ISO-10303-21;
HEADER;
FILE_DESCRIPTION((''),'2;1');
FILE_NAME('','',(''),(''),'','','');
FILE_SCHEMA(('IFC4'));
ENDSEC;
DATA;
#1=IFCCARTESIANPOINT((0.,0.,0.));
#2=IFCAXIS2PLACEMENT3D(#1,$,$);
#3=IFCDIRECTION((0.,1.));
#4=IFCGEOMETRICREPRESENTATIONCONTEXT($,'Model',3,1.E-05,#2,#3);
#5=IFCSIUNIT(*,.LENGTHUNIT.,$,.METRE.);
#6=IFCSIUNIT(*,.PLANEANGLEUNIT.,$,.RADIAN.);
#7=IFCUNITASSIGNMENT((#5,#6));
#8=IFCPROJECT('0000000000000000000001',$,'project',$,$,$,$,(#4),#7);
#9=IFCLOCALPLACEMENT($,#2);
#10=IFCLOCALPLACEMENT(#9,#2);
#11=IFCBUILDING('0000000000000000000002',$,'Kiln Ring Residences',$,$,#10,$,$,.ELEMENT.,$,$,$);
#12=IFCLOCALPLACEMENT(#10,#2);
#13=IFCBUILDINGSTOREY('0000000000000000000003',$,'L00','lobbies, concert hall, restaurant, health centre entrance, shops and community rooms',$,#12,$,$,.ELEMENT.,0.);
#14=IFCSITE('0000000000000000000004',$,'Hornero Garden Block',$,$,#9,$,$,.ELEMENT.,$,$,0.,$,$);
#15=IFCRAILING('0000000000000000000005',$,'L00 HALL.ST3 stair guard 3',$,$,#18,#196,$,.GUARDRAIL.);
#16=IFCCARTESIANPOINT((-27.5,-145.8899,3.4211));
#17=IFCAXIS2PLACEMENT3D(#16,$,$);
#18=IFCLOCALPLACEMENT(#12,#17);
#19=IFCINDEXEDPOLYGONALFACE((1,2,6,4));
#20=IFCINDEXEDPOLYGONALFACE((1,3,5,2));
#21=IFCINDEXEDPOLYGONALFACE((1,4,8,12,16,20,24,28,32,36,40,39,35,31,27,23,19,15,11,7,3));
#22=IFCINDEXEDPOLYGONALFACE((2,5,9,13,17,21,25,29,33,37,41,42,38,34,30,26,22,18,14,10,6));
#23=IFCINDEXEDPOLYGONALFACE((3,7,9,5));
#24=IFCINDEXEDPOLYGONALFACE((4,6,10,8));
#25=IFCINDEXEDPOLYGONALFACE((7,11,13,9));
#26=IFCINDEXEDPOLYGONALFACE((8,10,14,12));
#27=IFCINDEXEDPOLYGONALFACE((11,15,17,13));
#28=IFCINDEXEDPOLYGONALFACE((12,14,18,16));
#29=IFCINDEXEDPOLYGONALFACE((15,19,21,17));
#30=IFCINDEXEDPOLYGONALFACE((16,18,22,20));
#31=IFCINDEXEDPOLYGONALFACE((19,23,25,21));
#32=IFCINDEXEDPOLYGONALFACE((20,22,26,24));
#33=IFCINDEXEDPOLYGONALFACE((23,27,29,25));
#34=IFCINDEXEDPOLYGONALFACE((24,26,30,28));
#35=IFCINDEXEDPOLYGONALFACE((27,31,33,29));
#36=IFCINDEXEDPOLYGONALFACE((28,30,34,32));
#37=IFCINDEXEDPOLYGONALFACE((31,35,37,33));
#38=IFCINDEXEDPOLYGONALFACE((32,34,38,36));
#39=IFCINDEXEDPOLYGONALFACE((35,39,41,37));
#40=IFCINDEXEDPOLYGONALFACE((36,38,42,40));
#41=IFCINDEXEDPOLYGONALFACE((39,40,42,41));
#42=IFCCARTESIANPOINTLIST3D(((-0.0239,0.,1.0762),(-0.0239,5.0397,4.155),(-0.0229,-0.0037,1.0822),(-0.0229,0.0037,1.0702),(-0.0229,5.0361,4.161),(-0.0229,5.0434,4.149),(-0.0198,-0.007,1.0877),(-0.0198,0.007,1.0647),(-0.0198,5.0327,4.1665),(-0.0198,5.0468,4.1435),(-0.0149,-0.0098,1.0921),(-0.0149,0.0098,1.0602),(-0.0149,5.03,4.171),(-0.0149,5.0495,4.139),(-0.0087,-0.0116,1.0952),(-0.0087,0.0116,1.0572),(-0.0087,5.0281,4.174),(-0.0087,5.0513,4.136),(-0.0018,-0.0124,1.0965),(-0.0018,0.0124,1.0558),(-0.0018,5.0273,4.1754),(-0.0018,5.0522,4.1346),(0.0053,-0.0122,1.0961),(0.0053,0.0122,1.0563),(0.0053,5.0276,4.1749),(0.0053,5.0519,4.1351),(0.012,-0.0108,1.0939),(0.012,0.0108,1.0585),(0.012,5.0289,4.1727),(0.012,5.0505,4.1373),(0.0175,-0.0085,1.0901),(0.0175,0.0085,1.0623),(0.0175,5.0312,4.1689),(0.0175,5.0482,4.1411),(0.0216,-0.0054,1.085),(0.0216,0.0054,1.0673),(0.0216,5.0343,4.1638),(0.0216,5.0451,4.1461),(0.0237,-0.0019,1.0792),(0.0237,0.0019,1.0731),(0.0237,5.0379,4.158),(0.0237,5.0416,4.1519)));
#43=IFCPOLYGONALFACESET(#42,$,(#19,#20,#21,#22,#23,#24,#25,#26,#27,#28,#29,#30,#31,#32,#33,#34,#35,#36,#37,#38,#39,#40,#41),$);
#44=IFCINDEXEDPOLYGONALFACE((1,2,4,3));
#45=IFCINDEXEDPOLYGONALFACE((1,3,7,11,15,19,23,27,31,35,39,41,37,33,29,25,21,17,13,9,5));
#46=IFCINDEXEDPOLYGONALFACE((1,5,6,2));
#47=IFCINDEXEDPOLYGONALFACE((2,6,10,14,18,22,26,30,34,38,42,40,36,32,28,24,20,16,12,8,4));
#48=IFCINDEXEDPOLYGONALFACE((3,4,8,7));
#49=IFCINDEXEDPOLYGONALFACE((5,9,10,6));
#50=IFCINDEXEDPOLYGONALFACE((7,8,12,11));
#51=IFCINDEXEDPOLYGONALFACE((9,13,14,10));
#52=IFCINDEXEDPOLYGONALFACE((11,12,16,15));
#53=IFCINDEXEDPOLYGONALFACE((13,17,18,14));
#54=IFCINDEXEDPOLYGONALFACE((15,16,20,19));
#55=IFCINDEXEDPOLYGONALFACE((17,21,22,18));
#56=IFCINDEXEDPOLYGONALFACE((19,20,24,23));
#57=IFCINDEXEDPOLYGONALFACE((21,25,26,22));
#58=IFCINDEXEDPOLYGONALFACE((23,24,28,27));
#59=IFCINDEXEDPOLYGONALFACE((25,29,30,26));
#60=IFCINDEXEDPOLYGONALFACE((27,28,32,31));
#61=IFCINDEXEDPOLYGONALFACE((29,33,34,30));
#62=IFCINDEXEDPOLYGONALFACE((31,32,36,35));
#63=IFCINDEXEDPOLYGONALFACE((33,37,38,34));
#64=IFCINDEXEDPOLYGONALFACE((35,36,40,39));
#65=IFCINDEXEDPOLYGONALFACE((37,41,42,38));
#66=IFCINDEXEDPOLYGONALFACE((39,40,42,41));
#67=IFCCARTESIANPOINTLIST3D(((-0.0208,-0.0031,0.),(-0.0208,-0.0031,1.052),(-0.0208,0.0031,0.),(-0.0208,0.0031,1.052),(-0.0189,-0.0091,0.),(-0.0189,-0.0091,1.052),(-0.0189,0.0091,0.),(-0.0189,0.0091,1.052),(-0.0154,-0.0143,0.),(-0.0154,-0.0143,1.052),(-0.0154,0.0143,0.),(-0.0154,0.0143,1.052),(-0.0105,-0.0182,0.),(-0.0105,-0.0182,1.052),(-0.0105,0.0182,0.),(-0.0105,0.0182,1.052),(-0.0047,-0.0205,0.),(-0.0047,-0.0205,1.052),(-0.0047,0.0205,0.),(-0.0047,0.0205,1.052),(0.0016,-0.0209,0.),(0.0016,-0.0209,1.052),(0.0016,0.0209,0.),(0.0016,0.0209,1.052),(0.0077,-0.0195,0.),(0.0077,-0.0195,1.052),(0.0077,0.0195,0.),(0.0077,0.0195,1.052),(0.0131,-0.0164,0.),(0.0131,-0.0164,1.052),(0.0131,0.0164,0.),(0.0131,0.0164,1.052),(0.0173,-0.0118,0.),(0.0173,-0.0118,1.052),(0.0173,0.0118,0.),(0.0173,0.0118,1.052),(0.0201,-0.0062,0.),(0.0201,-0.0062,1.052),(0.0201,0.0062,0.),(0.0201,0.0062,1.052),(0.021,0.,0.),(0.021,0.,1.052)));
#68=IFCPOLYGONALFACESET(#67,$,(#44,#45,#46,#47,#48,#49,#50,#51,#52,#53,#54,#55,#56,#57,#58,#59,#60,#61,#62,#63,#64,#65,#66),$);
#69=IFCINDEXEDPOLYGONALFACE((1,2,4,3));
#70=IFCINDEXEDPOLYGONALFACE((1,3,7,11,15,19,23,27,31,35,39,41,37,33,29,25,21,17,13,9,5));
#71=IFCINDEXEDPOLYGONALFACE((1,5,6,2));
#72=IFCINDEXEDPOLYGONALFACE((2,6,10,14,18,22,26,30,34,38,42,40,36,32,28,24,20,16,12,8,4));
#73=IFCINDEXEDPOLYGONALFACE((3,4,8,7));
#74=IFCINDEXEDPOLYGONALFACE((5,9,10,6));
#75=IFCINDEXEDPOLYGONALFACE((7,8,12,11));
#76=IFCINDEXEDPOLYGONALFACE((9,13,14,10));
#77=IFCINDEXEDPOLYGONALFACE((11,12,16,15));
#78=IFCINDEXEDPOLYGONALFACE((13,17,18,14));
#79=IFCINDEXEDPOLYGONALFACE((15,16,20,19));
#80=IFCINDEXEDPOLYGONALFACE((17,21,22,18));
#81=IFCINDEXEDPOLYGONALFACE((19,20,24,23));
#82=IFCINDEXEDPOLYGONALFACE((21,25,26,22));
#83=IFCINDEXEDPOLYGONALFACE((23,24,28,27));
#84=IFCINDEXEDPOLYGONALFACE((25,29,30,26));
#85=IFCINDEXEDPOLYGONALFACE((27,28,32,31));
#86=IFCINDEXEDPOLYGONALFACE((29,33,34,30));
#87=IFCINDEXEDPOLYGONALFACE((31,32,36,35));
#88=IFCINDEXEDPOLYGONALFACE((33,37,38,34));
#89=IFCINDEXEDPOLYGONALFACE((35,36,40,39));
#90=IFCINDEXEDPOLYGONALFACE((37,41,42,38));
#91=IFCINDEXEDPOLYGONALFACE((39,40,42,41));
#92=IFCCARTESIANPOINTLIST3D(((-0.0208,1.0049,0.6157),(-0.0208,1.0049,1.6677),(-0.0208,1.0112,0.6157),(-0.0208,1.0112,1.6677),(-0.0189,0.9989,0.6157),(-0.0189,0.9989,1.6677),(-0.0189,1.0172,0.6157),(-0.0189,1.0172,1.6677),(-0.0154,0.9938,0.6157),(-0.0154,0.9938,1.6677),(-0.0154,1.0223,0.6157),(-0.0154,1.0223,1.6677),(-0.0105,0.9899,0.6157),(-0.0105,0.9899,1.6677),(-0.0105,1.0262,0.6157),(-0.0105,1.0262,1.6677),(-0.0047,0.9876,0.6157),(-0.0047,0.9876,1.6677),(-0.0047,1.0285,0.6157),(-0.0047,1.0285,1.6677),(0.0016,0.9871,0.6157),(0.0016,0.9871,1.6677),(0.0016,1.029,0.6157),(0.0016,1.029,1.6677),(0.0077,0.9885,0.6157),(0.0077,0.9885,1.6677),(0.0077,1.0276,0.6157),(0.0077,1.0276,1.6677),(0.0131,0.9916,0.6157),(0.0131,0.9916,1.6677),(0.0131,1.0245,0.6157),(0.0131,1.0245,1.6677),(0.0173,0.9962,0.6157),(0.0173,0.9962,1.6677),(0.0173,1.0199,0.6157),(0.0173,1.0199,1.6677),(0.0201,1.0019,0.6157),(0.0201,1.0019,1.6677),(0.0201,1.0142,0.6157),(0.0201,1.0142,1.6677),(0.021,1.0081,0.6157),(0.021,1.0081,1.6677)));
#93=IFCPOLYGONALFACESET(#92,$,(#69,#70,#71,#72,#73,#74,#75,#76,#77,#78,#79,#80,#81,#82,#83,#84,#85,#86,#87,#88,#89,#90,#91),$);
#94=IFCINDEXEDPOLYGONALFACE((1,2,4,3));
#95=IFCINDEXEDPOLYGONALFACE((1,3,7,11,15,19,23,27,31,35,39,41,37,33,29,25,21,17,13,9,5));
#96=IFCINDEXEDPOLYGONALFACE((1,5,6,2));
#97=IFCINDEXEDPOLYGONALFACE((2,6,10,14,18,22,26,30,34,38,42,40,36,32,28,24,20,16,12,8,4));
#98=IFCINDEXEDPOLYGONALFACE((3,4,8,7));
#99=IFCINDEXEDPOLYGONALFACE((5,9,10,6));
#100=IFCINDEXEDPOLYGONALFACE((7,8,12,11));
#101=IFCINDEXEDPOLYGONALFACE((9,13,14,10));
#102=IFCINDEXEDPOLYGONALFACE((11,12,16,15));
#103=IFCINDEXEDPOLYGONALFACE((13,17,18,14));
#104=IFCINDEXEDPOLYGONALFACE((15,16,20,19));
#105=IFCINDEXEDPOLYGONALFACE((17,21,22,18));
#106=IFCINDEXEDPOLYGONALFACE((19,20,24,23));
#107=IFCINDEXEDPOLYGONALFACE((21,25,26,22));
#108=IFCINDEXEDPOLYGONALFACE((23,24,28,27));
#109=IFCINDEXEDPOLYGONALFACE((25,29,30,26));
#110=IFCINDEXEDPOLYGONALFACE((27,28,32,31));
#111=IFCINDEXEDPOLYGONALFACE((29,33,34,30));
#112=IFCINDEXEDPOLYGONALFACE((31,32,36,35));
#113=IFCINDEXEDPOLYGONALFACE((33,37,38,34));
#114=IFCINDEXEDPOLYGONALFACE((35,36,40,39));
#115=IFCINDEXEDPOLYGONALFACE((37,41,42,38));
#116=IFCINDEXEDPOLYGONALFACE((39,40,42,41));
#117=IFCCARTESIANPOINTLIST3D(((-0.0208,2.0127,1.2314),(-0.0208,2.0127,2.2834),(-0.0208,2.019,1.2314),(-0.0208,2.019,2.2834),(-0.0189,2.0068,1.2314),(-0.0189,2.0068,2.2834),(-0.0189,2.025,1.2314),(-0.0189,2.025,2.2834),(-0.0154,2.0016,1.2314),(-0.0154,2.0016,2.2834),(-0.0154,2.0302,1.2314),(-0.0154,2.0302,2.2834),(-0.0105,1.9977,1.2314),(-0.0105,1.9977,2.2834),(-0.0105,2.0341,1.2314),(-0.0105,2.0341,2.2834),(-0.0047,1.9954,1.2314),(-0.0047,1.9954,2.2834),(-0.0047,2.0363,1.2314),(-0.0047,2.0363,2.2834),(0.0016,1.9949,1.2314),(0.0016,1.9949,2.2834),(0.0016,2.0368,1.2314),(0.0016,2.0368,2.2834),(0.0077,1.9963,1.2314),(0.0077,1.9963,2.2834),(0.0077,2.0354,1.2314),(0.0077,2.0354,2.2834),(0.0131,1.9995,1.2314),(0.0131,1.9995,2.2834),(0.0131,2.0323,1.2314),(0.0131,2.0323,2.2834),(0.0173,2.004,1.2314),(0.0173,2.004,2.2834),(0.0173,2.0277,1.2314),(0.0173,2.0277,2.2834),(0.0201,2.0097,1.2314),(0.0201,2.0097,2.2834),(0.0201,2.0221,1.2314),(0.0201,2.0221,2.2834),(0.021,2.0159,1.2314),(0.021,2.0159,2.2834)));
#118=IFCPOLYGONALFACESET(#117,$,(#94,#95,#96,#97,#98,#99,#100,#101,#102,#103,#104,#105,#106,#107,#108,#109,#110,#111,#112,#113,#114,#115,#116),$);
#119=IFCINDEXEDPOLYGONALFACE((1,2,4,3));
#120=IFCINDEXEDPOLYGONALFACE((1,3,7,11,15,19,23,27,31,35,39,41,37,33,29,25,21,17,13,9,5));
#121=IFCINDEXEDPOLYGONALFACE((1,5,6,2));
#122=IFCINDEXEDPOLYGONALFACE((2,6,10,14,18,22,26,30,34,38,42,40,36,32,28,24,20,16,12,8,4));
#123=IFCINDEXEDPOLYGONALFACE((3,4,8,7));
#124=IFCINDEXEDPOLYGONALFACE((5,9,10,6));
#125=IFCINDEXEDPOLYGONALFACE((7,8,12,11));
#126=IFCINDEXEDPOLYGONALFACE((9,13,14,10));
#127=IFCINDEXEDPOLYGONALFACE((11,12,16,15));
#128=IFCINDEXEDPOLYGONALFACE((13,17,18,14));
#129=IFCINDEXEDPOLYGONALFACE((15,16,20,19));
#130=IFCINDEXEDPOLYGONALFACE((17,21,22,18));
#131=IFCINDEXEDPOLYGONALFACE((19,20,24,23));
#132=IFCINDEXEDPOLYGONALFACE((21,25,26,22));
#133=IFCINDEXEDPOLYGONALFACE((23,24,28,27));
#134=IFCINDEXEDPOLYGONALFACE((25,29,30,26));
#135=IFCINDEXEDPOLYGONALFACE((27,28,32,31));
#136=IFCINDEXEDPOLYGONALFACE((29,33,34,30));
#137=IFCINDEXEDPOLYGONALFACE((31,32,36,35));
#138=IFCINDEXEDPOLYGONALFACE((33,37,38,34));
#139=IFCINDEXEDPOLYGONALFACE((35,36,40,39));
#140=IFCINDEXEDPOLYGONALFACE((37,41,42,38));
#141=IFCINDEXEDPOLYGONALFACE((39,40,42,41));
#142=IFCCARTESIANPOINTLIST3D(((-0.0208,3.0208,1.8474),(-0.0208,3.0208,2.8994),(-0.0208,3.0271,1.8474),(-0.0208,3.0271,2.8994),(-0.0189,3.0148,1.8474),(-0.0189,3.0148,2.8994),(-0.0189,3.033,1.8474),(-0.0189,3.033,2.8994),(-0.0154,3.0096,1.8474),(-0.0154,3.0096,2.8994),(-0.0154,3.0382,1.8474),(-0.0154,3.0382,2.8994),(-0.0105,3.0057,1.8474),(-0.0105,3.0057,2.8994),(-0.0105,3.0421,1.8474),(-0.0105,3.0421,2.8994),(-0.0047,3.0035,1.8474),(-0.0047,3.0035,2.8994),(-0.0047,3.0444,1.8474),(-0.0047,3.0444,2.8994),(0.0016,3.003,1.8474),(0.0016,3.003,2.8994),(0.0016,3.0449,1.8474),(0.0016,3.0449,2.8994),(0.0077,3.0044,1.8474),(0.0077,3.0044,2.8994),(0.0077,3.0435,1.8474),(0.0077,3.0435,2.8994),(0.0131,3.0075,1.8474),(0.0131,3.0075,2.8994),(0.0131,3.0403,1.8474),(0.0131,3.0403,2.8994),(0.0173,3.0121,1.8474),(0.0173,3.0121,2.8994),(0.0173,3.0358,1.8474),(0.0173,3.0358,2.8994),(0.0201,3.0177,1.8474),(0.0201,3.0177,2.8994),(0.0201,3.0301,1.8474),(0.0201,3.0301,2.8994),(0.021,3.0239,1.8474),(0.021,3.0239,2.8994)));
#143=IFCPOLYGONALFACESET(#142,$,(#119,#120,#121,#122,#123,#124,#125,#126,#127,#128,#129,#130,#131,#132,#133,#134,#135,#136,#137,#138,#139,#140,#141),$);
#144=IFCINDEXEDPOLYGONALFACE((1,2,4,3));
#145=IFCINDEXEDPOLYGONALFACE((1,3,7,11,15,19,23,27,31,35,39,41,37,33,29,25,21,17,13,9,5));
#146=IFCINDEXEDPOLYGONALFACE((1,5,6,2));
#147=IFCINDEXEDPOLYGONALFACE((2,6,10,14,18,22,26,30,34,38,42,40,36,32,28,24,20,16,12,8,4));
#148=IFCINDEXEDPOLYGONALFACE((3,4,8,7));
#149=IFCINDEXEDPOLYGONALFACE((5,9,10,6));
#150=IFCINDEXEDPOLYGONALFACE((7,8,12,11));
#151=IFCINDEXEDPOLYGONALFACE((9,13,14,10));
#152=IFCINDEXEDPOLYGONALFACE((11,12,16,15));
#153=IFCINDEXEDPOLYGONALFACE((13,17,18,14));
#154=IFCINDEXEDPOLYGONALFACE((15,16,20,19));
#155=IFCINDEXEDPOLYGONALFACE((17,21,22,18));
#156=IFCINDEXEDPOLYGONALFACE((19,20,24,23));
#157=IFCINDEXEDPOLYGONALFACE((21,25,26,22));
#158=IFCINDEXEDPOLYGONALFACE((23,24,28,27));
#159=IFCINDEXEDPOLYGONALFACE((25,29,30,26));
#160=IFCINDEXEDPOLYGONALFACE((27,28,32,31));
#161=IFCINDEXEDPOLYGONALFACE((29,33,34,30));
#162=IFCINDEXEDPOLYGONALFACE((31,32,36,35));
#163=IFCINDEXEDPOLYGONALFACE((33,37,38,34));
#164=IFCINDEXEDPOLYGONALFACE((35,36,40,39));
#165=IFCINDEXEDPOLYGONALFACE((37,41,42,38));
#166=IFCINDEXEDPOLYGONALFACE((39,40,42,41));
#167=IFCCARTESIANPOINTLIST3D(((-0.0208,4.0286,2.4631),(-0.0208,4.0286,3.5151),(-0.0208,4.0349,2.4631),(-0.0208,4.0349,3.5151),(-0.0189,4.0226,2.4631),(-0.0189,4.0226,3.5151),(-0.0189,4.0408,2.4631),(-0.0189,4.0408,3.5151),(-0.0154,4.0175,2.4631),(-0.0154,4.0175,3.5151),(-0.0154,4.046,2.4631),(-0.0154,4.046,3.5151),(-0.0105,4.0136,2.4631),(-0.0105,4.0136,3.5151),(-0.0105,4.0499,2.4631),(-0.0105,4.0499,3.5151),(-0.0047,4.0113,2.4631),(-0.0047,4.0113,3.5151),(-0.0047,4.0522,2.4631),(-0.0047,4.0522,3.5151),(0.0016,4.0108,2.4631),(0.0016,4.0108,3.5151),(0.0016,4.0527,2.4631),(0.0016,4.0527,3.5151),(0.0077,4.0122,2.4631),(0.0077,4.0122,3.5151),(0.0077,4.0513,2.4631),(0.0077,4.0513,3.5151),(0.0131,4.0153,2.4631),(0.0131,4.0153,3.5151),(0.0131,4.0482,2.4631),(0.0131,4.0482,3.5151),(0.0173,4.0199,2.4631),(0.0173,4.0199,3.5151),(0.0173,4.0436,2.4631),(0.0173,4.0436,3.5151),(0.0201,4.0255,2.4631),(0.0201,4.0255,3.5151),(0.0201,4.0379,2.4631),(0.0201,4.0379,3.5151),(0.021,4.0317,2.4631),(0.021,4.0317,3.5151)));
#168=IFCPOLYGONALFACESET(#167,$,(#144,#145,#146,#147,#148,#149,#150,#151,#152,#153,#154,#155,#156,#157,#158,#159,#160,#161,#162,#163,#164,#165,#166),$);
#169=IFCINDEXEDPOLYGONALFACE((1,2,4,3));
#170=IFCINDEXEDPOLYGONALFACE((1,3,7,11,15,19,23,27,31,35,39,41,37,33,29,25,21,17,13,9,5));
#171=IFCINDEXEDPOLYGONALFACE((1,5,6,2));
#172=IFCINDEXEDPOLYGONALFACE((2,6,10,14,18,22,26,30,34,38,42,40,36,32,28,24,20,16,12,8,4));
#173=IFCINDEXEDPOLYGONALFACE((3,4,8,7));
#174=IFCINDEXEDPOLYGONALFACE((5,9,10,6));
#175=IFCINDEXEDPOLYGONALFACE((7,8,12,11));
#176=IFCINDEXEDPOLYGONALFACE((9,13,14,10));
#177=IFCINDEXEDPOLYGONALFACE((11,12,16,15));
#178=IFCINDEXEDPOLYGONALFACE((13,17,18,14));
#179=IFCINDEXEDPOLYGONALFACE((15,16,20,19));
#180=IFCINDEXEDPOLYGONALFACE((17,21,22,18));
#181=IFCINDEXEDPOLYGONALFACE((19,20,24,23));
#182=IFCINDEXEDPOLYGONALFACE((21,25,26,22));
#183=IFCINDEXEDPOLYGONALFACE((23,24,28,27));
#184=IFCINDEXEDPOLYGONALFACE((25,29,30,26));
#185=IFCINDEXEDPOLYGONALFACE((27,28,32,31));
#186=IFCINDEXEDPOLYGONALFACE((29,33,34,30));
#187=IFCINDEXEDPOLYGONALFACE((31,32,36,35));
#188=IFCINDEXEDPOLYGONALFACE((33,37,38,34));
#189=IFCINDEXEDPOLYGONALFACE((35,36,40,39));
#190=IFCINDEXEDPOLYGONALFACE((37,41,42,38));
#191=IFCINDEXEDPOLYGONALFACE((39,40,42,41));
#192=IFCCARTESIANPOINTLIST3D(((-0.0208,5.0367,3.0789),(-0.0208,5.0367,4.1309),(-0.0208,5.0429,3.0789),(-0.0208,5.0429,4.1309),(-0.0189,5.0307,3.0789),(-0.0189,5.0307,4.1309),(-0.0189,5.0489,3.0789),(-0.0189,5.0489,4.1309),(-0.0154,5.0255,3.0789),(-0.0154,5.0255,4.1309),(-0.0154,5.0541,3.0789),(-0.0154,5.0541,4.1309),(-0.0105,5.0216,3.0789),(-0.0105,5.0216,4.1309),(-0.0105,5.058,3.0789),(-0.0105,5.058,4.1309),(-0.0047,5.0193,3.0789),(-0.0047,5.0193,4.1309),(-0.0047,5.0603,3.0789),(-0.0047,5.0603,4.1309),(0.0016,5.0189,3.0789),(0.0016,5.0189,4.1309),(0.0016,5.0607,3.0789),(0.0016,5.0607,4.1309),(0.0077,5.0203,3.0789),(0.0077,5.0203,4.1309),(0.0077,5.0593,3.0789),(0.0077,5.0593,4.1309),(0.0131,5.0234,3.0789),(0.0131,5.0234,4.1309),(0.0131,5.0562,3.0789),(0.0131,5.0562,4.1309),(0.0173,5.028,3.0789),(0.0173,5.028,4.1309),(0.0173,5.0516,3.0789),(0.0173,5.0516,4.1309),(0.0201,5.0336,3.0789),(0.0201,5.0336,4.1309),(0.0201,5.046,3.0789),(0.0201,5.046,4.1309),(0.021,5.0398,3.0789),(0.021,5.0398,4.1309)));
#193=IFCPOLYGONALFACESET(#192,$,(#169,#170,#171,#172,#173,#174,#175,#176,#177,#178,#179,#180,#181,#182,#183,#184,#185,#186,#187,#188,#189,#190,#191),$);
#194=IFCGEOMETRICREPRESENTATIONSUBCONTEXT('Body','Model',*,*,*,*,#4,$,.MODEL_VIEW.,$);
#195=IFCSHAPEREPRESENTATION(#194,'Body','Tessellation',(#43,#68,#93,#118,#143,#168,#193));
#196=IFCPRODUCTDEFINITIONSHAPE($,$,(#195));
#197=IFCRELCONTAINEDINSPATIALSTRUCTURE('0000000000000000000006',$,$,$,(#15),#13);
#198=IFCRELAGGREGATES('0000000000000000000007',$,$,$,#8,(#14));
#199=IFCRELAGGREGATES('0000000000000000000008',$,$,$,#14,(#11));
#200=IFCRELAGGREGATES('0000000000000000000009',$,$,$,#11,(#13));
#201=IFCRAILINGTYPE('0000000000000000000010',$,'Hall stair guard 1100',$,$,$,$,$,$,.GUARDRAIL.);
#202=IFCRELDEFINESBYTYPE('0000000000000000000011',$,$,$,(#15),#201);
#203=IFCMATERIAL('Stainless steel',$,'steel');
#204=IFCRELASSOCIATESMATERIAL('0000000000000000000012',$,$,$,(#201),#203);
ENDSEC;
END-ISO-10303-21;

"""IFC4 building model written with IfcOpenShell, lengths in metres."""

from ifc_helpers import new_model, si_unit, direction, frame, origin, origin_2d, place, context, subcontext, project, spatial, circle, extrude, material, type_object, element, save


model = new_model("IFC4")

# Units and contexts
model_context = context("Model", 3, precision=1e-05, world=origin(), true_north=direction((0.0, 1.0)))
body_context = subcontext(model_context, "Body", "Model", "MODEL_VIEW")
ifc_project = project(units=[si_unit("LENGTHUNIT", "METRE"), si_unit("PLANEANGLEUNIT", "RADIAN")], contexts=[model_context])

# Site, building, storey
site_placement = place(None, origin())
site = spatial("IfcSite", under=ifc_project, at=site_placement, Name="Hornero Garden Block", CompositionType="ELEMENT", RefElevation=0.0)
building_placement = place(site_placement, origin())
building = spatial("IfcBuilding", under=site, at=building_placement, Name="Kiln Ring Residences", CompositionType="ELEMENT")
storey_placement = place(building_placement, origin())
storey = spatial("IfcBuildingStorey", under=building, at=storey_placement, Name="L00", Description="lobbies, concert hall, restaurant, health centre entrance, shops and community rooms", CompositionType="ELEMENT", Elevation=0.0)

# Railing
ifc_material_1 = material(Name="Stainless steel", Category="steel")
railing_type_1 = type_object("IfcRailingType", Name="Hall stair guard 1100", PredefinedType="GUARDRAIL", material=ifc_material_1)
railing_1_placement = place(storey_placement, frame((-27.5, -145.8899, 3.4211)))
element("IfcRailing", 1, at=railing_1_placement, inside=storey, type_object=railing_type_1, Name="L00 HALL.ST3 stair guard 3", PredefinedType="GUARDRAIL", context=body_context, shape_type="SweptSolid", body=[
    extrude(circle(Radius=0.0239, at=origin_2d()), frame((0.0, 0.0, 1.0762), z_axis=(0.0, 0.853358, 0.521325), x_axis=(-1.0, 0.0, 0.0)), (0.0, 0.0, 1.0), 5.9058),
    extrude(circle(Radius=0.021, at=origin_2d()), origin(), (0.0, 0.0, 1.0), 1.052),
    extrude(circle(Radius=0.021, at=origin_2d()), frame((0.0, 1.0081, 0.6157)), (0.0, 0.0, 1.0), 1.052),
    extrude(circle(Radius=0.021, at=origin_2d()), frame((0.0, 2.0159, 1.2314)), (0.0, 0.0, 1.0), 1.052),
    extrude(circle(Radius=0.021, at=origin_2d()), frame((0.0, 3.0239, 1.8474)), (0.0, 0.0, 1.0), 1.052),
    extrude(circle(Radius=0.021, at=origin_2d()), frame((0.0, 4.0317, 2.4631)), (0.0, 0.0, 1.0), 1.052),
    extrude(circle(Radius=0.021, at=origin_2d()), frame((0.0, 5.0398, 3.0789)), (0.0, 0.0, 1.0), 1.052),
])

save(model, "model.ifc")
